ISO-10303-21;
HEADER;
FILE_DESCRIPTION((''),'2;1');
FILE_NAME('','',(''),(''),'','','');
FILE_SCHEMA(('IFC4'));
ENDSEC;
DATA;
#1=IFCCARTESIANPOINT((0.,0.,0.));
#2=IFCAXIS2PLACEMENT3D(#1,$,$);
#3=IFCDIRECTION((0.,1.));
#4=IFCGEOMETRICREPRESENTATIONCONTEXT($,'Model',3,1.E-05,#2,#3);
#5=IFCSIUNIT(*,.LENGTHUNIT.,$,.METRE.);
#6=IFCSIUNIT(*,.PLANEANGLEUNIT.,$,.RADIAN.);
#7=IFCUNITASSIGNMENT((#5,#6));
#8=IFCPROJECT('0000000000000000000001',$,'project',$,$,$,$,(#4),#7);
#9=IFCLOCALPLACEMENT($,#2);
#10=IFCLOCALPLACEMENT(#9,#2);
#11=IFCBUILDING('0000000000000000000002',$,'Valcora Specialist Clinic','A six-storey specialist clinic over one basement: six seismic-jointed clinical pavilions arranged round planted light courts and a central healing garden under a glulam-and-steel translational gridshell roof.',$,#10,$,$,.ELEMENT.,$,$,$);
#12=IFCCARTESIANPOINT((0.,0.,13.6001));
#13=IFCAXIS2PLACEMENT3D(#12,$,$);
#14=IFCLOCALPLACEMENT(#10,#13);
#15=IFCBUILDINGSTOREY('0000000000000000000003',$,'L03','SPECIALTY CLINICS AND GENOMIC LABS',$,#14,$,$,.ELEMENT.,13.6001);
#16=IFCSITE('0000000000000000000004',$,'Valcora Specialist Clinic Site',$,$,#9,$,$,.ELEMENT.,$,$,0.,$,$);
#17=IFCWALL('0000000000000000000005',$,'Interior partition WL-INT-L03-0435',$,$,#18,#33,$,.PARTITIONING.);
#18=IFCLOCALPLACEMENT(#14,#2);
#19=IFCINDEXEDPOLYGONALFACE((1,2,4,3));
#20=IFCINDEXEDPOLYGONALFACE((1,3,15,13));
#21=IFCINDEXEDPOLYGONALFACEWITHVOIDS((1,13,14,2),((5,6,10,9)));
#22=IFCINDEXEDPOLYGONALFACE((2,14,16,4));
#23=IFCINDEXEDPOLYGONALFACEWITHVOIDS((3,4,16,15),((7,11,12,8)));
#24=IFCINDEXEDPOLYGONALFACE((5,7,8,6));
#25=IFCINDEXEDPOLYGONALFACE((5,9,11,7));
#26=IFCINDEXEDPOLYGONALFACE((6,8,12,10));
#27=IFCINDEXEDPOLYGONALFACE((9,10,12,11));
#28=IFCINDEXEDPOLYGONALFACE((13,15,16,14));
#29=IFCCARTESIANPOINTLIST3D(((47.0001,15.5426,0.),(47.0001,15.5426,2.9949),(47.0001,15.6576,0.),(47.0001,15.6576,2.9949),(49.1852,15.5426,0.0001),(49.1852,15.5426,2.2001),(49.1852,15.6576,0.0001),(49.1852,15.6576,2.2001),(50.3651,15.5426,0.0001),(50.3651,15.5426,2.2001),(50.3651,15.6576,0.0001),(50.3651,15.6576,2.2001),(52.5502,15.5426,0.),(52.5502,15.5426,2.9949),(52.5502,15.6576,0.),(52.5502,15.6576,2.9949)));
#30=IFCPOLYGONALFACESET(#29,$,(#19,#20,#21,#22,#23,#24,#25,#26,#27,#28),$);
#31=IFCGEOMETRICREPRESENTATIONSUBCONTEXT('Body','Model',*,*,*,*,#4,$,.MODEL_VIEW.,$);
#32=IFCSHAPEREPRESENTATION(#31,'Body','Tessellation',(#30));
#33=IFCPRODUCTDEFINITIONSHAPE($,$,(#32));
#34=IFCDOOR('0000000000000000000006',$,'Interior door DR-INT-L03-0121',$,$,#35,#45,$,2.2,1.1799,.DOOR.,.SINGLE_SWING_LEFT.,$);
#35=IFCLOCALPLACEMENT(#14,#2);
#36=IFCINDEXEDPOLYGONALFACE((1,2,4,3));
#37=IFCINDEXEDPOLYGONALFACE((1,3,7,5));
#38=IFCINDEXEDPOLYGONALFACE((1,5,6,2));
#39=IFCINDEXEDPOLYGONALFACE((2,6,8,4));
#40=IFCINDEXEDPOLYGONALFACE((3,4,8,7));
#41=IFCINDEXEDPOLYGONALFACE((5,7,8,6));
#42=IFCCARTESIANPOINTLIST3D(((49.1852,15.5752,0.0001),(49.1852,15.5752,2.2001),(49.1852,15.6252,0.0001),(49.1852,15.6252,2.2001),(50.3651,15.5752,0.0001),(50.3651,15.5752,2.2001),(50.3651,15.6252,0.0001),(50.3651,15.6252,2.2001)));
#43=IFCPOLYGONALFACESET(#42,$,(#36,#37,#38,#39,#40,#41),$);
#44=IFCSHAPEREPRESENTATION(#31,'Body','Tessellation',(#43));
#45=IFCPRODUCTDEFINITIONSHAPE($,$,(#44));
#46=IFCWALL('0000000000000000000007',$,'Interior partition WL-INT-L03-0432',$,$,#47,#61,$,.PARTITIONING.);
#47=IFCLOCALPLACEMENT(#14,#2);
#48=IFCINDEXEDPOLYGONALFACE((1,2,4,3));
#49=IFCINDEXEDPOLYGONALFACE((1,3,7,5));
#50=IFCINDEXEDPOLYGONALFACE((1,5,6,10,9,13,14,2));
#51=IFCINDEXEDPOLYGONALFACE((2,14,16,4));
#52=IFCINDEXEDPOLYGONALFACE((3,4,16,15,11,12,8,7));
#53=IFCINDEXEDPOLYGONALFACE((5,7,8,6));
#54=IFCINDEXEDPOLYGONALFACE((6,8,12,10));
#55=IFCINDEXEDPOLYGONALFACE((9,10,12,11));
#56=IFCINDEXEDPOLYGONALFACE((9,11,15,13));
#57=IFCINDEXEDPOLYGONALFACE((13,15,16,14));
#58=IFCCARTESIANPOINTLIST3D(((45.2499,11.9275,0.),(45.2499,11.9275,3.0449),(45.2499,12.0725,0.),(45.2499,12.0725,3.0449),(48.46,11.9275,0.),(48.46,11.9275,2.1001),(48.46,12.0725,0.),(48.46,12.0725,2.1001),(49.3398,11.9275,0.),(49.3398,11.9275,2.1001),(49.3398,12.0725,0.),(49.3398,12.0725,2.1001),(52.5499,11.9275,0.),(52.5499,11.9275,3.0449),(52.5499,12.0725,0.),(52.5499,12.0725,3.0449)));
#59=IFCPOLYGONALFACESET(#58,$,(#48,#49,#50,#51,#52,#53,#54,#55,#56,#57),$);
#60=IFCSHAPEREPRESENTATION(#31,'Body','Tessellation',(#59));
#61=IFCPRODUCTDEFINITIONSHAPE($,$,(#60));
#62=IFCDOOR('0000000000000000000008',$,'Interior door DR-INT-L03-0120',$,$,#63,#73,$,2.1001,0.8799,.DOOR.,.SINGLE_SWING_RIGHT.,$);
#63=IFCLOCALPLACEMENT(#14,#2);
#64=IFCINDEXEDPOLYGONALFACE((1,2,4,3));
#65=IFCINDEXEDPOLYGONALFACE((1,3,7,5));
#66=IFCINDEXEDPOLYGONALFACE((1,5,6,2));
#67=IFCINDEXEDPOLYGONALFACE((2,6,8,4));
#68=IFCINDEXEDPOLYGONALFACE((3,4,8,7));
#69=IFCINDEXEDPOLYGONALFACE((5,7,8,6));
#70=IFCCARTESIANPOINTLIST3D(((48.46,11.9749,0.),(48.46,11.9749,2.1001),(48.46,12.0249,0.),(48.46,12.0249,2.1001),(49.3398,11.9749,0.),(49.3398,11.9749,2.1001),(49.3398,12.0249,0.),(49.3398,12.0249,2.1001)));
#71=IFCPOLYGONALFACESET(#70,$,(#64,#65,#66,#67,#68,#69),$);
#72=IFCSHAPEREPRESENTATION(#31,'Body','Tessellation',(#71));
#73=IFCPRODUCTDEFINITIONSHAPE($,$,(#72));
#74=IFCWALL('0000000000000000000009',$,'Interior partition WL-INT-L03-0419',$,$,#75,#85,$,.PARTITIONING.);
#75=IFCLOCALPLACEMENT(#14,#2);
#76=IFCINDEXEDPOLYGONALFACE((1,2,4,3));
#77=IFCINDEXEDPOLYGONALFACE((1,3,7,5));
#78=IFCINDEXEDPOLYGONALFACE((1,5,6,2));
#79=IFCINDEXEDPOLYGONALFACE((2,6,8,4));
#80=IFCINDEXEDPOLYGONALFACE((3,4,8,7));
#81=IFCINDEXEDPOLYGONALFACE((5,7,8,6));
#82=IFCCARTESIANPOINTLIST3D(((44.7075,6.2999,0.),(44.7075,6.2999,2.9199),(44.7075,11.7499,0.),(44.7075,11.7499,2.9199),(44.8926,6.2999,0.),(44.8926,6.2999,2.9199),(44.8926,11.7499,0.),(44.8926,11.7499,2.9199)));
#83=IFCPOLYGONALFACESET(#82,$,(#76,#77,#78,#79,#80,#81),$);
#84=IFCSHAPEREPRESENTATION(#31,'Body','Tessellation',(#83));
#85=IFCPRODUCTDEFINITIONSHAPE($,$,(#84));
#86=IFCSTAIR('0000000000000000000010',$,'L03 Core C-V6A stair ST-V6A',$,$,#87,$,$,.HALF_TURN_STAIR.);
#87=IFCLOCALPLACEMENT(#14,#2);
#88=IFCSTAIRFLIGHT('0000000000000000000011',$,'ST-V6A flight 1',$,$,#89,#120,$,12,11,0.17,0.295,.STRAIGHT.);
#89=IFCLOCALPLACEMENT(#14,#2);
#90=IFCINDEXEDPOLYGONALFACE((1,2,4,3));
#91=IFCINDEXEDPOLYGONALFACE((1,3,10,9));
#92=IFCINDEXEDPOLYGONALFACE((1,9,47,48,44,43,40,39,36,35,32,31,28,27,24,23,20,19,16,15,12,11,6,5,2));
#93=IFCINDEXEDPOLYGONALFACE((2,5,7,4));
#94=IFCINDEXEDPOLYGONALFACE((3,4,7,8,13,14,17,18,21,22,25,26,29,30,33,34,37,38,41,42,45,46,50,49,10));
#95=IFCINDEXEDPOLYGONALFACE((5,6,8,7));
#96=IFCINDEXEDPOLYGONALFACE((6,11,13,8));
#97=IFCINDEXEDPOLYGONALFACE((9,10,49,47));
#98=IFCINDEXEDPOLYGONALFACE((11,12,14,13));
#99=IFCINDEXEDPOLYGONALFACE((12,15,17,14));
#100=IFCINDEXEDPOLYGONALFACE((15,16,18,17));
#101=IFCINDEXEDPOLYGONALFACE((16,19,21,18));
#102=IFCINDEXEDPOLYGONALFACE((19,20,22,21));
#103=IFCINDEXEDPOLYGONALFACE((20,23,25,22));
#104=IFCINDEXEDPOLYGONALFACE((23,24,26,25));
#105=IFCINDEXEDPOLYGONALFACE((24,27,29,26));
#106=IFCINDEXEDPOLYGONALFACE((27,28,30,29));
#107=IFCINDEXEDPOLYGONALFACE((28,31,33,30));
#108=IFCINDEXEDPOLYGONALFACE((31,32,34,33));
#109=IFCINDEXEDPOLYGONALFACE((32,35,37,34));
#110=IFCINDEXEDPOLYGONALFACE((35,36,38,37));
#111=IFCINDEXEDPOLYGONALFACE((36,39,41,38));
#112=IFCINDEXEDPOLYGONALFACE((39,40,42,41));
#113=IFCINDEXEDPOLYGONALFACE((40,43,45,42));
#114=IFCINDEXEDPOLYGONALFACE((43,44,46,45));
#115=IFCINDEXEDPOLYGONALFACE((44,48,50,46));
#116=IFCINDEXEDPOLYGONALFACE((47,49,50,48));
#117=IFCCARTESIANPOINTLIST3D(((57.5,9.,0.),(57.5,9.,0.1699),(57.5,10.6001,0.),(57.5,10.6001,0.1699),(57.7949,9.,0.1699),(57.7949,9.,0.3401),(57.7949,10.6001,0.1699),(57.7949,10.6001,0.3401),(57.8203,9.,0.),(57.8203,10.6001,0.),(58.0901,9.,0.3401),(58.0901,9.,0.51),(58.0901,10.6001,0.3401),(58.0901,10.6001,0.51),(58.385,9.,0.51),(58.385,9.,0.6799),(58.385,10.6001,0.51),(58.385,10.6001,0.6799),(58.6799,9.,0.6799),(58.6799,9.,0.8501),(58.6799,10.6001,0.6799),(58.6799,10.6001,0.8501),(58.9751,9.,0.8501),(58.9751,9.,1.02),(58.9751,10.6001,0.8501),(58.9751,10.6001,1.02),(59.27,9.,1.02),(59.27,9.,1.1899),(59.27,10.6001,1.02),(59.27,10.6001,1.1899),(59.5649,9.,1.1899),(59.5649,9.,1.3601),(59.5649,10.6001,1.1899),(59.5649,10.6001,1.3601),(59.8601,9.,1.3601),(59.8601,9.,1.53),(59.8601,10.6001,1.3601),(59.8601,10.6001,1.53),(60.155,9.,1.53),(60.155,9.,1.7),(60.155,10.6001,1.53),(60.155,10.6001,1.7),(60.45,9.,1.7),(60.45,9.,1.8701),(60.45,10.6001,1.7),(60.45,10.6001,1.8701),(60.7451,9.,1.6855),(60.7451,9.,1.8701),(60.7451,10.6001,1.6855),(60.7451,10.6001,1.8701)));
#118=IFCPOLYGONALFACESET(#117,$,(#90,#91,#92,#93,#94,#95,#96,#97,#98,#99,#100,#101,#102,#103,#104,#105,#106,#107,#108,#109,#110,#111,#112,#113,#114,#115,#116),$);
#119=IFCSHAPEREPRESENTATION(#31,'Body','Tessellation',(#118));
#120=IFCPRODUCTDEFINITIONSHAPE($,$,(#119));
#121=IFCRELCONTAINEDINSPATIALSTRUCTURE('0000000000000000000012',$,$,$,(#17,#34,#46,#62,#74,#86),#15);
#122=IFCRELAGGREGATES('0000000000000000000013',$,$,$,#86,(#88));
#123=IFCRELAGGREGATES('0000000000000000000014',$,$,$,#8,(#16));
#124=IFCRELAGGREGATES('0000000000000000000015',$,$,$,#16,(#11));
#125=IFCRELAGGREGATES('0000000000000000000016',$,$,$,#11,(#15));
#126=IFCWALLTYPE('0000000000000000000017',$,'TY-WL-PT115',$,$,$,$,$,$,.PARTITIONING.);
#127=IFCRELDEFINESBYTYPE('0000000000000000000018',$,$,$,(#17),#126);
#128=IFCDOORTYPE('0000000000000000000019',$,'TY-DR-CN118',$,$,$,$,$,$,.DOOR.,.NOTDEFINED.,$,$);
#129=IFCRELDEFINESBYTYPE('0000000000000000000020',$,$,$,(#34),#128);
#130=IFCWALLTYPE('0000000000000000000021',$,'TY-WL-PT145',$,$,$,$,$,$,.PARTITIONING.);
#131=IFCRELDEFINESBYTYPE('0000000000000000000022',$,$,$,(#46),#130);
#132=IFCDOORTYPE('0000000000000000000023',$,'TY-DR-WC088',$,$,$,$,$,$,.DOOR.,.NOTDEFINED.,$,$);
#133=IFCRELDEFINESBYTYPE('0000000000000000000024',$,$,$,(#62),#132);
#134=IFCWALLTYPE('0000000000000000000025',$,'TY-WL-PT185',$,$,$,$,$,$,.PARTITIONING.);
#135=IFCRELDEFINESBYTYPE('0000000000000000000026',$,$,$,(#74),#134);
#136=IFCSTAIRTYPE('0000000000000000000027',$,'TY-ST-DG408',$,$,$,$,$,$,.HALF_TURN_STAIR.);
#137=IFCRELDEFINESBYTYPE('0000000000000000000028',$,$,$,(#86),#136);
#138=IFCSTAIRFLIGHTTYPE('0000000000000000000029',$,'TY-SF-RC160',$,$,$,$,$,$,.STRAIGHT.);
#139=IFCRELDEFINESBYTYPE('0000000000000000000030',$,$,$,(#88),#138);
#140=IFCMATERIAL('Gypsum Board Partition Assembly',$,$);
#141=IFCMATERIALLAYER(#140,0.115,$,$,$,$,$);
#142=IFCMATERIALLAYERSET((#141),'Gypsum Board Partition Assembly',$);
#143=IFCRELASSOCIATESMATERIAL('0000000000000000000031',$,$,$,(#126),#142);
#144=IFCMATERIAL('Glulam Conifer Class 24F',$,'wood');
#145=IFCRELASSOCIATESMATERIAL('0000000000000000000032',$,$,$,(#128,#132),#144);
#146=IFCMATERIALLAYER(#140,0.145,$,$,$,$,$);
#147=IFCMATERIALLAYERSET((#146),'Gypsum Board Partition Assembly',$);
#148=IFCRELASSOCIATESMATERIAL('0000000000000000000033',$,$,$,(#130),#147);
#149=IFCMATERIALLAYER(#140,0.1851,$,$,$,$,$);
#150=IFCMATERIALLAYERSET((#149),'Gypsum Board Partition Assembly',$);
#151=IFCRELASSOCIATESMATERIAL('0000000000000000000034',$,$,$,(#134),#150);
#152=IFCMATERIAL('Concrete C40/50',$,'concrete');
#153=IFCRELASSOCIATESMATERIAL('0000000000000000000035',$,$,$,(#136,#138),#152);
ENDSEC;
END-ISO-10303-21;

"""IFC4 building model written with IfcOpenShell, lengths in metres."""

from ifc_helpers import new_model, si_unit, direction, frame, frame_2d, origin, place, context, subcontext, project, spatial, polyline, rectangle, outline, extrude, material, layer, layer_set, type_object, element, fill, aggregate, save


model = new_model("IFC4")

# Units and contexts
model_context = context("Model", 3, precision=1e-05, world=origin(), true_north=direction((0.0, 1.0)))
body_context = subcontext(model_context, "Body", "Model", "MODEL_VIEW")
ifc_project = project(units=[si_unit("LENGTHUNIT", "METRE"), si_unit("PLANEANGLEUNIT", "RADIAN")], contexts=[model_context])

# Site, building, storey
site_placement = place(None, origin())
site = spatial("IfcSite", under=ifc_project, at=site_placement, Name="Valcora Specialist Clinic Site", CompositionType="ELEMENT", RefElevation=0.0)
building_placement = place(site_placement, origin())
building = spatial("IfcBuilding", under=site, at=building_placement, Name="Valcora Specialist Clinic", Description="A six-storey specialist clinic over one basement: six seismic-jointed clinical pavilions arranged round planted light courts and a central healing garden under a glulam-and-steel translational gridshell roof.", CompositionType="ELEMENT")
storey_placement = place(building_placement, frame((0.0, 0.0, 13.6001)))
storey = spatial("IfcBuildingStorey", under=building, at=storey_placement, Name="L03", Description="SPECIALTY CLINICS AND GENOMIC LABS", CompositionType="ELEMENT", Elevation=13.6001)

# Shared definitions
ifc_material_1 = material(Name="Concrete C40/50", Category="concrete")

# Shared definitions
ifc_material_2 = material(Name="Gypsum Board Partition Assembly")

# Walls, openings, doors
ifc_layer_1 = layer(ifc_material_2, 0.115)
ifc_layer_set_1 = layer_set([ifc_layer_1], Name="Gypsum Board Partition Assembly")
wall_type_1 = type_object("IfcWallType", Name="TY-WL-PT115", PredefinedType="PARTITIONING", material=ifc_layer_set_1)
wall_1_placement = place(storey_placement, frame((52.55, 15.6001, 0.0), z_axis=(0.0, 0.0, 1.0), x_axis=(-1.0, 0.0, 0.0)))
wall_1 = element("IfcWall", 1, at=wall_1_placement, inside=storey, type_object=wall_type_1, Name="Interior partition WL-INT-L03-0435", PredefinedType="PARTITIONING", context=body_context, shape_type="SweptSolid", body=[
    extrude(rectangle(XDim=5.55, YDim=0.115, at=frame_2d((2.7749, 0.0))), origin(), (0.0, 0.0, 1.0), 2.9949),
])
opening_1_placement = place(wall_1_placement, frame((2.1851, 0.0, 0.0)))
opening_1 = element("IfcOpeningElement", 2, at=opening_1_placement, cuts=wall_1, PredefinedType="OPENING", context=body_context, shape_type="SweptSolid", body=[
    extrude(rectangle(XDim=1.1799, YDim=2.2, at=frame_2d((0.5898, 1.1001))), frame((0.0, 0.0674, 0.0), z_axis=(0.0, -1.0, 0.0), x_axis=(1.0, 0.0, 0.0)), (0.0, 0.0, 1.0), 0.135),
])
ifc_material_3 = material(Name="Glulam Conifer Class 24F", Category="wood")
door_type_1 = type_object("IfcDoorType", Name="TY-DR-CN118", OperationType="NOTDEFINED", PredefinedType="DOOR", material=ifc_material_3)
door_1_placement = place(opening_1_placement, origin())
door_1 = element("IfcDoor", 3, at=door_1_placement, inside=storey, type_object=door_type_1, Name="Interior door DR-INT-L03-0121", OperationType="SINGLE_SWING_LEFT", OverallHeight=2.2, OverallWidth=1.1799, PredefinedType="DOOR", context=body_context, shape_type="SweptSolid", body=[
    extrude(rectangle(XDim=1.1799, YDim=2.2, at=frame_2d((0.5898, 1.1001))), frame((0.0, 0.0249, 0.0), z_axis=(0.0, -1.0, 0.0), x_axis=(1.0, 0.0, 0.0)), (0.0, 0.0, 1.0), 0.05),
])
fill(opening_1, door_1)
ifc_layer_2 = layer(ifc_material_2, 0.145)
ifc_layer_set_2 = layer_set([ifc_layer_2], Name="Gypsum Board Partition Assembly")
wall_type_2 = type_object("IfcWallType", Name="TY-WL-PT145", PredefinedType="PARTITIONING", material=ifc_layer_set_2)
wall_2_placement = place(storey_placement, frame((45.25, 12.0, 0.0), z_axis=(0.0, 0.0, 1.0), x_axis=(1.0, 0.0, 0.0)))
wall_2 = element("IfcWall", 4, at=wall_2_placement, inside=storey, type_object=wall_type_2, Name="Interior partition WL-INT-L03-0432", PredefinedType="PARTITIONING", context=body_context, shape_type="SweptSolid", body=[
    extrude(rectangle(XDim=7.3, YDim=0.145, at=frame_2d((3.6499, 0.0))), origin(), (0.0, 0.0, 1.0), 3.0449),
])
opening_2_placement = place(wall_2_placement, frame((3.21, 0.0, 0.0)))
opening_2 = element("IfcOpeningElement", 5, at=opening_2_placement, cuts=wall_2, PredefinedType="OPENING", context=body_context, shape_type="SweptSolid", body=[
    extrude(rectangle(XDim=0.8799, YDim=2.1001, at=frame_2d((0.4399, 1.05))), frame((0.0, 0.0825, 0.0), z_axis=(0.0, -1.0, 0.0), x_axis=(1.0, 0.0, 0.0)), (0.0, 0.0, 1.0), 0.165),
])
door_type_2 = type_object("IfcDoorType", Name="TY-DR-WC088", OperationType="NOTDEFINED", PredefinedType="DOOR", material=ifc_material_3)
door_2_placement = place(opening_2_placement, origin())
door_2 = element("IfcDoor", 6, at=door_2_placement, inside=storey, type_object=door_type_2, Name="Interior door DR-INT-L03-0120", OperationType="SINGLE_SWING_RIGHT", OverallHeight=2.1001, OverallWidth=0.8799, PredefinedType="DOOR", context=body_context, shape_type="SweptSolid", body=[
    extrude(rectangle(XDim=0.8799, YDim=2.1001, at=frame_2d((0.4399, 1.05))), frame((0.0, 0.0249, 0.0), z_axis=(0.0, -1.0, 0.0), x_axis=(1.0, 0.0, 0.0)), (0.0, 0.0, 1.0), 0.05),
])
fill(opening_2, door_2)

# Wall
ifc_layer_3 = layer(ifc_material_2, 0.1851)
ifc_layer_set_3 = layer_set([ifc_layer_3], Name="Gypsum Board Partition Assembly")
wall_type_3 = type_object("IfcWallType", Name="TY-WL-PT185", PredefinedType="PARTITIONING", material=ifc_layer_set_3)
wall_3_placement = place(storey_placement, frame((44.8, 11.75, 0.0), z_axis=(0.0, 0.0, 1.0), x_axis=(0.0, -1.0, 0.0)))
element("IfcWall", 7, at=wall_3_placement, inside=storey, type_object=wall_type_3, Name="Interior partition WL-INT-L03-0419", PredefinedType="PARTITIONING", context=body_context, shape_type="SweptSolid", body=[
    extrude(rectangle(XDim=5.45, YDim=0.1851, at=frame_2d((2.7251, 0.0))), origin(), (0.0, 0.0, 1.0), 2.9199),
])

# Stair, stair flight
stair_type = type_object("IfcStairType", Name="TY-ST-DG408", PredefinedType="HALF_TURN_STAIR", material=ifc_material_1)
stair_placement = place(storey_placement, origin())
stair = element("IfcStair", 8, at=stair_placement, inside=storey, type_object=stair_type, Name="L03 Core C-V6A stair ST-V6A", PredefinedType="HALF_TURN_STAIR")
stair_flight_type = type_object("IfcStairFlightType", Name="TY-SF-RC160", PredefinedType="STRAIGHT", material=ifc_material_1)
stair_flight_placement = place(storey_placement, frame((57.5, 9.8, 0.0), z_axis=(0.0, 0.0, 1.0), x_axis=(1.0, 0.0, 0.0)))
stair_flight = element("IfcStairFlight", 9, at=stair_flight_placement, type_object=stair_flight_type, Name="ST-V6A flight 1", NumberOfRisers=12, NumberOfTreads=11, PredefinedType="STRAIGHT", RiserHeight=0.17, TreadLength=0.295, context=body_context, shape_type="SweptSolid", body=[
    extrude(outline(polyline([(0.0, 0.0), (0.0, 0.1699), (0.2949, 0.1699), (0.2949, 0.3401), (0.5901, 0.3401), (0.5901, 0.51), (0.885, 0.51), (0.885, 0.6799), (1.1799, 0.6799), (1.1799, 0.8501), (1.4751, 0.8501), (1.4751, 1.02), (1.77, 1.02), (1.77, 1.1899), (2.0649, 1.1899), (2.0649, 1.3601), (2.3601, 1.3601), (2.3601, 1.53), (2.655, 1.53), (2.655, 1.7), (2.95, 1.7), (2.95, 1.8701), (3.2451, 1.8701), (3.2451, 2.04), (3.2451, 1.6855), (0.3203, 0.0), (0.0, 0.0)])), frame((0.0, 0.8, 0.0), z_axis=(0.0, -1.0, 0.0), x_axis=(1.0, 0.0, 0.0)), (0.0, 0.0, 1.0), 1.6001),
])
aggregate(stair, [stair_flight])

save(model, "model.ifc")
